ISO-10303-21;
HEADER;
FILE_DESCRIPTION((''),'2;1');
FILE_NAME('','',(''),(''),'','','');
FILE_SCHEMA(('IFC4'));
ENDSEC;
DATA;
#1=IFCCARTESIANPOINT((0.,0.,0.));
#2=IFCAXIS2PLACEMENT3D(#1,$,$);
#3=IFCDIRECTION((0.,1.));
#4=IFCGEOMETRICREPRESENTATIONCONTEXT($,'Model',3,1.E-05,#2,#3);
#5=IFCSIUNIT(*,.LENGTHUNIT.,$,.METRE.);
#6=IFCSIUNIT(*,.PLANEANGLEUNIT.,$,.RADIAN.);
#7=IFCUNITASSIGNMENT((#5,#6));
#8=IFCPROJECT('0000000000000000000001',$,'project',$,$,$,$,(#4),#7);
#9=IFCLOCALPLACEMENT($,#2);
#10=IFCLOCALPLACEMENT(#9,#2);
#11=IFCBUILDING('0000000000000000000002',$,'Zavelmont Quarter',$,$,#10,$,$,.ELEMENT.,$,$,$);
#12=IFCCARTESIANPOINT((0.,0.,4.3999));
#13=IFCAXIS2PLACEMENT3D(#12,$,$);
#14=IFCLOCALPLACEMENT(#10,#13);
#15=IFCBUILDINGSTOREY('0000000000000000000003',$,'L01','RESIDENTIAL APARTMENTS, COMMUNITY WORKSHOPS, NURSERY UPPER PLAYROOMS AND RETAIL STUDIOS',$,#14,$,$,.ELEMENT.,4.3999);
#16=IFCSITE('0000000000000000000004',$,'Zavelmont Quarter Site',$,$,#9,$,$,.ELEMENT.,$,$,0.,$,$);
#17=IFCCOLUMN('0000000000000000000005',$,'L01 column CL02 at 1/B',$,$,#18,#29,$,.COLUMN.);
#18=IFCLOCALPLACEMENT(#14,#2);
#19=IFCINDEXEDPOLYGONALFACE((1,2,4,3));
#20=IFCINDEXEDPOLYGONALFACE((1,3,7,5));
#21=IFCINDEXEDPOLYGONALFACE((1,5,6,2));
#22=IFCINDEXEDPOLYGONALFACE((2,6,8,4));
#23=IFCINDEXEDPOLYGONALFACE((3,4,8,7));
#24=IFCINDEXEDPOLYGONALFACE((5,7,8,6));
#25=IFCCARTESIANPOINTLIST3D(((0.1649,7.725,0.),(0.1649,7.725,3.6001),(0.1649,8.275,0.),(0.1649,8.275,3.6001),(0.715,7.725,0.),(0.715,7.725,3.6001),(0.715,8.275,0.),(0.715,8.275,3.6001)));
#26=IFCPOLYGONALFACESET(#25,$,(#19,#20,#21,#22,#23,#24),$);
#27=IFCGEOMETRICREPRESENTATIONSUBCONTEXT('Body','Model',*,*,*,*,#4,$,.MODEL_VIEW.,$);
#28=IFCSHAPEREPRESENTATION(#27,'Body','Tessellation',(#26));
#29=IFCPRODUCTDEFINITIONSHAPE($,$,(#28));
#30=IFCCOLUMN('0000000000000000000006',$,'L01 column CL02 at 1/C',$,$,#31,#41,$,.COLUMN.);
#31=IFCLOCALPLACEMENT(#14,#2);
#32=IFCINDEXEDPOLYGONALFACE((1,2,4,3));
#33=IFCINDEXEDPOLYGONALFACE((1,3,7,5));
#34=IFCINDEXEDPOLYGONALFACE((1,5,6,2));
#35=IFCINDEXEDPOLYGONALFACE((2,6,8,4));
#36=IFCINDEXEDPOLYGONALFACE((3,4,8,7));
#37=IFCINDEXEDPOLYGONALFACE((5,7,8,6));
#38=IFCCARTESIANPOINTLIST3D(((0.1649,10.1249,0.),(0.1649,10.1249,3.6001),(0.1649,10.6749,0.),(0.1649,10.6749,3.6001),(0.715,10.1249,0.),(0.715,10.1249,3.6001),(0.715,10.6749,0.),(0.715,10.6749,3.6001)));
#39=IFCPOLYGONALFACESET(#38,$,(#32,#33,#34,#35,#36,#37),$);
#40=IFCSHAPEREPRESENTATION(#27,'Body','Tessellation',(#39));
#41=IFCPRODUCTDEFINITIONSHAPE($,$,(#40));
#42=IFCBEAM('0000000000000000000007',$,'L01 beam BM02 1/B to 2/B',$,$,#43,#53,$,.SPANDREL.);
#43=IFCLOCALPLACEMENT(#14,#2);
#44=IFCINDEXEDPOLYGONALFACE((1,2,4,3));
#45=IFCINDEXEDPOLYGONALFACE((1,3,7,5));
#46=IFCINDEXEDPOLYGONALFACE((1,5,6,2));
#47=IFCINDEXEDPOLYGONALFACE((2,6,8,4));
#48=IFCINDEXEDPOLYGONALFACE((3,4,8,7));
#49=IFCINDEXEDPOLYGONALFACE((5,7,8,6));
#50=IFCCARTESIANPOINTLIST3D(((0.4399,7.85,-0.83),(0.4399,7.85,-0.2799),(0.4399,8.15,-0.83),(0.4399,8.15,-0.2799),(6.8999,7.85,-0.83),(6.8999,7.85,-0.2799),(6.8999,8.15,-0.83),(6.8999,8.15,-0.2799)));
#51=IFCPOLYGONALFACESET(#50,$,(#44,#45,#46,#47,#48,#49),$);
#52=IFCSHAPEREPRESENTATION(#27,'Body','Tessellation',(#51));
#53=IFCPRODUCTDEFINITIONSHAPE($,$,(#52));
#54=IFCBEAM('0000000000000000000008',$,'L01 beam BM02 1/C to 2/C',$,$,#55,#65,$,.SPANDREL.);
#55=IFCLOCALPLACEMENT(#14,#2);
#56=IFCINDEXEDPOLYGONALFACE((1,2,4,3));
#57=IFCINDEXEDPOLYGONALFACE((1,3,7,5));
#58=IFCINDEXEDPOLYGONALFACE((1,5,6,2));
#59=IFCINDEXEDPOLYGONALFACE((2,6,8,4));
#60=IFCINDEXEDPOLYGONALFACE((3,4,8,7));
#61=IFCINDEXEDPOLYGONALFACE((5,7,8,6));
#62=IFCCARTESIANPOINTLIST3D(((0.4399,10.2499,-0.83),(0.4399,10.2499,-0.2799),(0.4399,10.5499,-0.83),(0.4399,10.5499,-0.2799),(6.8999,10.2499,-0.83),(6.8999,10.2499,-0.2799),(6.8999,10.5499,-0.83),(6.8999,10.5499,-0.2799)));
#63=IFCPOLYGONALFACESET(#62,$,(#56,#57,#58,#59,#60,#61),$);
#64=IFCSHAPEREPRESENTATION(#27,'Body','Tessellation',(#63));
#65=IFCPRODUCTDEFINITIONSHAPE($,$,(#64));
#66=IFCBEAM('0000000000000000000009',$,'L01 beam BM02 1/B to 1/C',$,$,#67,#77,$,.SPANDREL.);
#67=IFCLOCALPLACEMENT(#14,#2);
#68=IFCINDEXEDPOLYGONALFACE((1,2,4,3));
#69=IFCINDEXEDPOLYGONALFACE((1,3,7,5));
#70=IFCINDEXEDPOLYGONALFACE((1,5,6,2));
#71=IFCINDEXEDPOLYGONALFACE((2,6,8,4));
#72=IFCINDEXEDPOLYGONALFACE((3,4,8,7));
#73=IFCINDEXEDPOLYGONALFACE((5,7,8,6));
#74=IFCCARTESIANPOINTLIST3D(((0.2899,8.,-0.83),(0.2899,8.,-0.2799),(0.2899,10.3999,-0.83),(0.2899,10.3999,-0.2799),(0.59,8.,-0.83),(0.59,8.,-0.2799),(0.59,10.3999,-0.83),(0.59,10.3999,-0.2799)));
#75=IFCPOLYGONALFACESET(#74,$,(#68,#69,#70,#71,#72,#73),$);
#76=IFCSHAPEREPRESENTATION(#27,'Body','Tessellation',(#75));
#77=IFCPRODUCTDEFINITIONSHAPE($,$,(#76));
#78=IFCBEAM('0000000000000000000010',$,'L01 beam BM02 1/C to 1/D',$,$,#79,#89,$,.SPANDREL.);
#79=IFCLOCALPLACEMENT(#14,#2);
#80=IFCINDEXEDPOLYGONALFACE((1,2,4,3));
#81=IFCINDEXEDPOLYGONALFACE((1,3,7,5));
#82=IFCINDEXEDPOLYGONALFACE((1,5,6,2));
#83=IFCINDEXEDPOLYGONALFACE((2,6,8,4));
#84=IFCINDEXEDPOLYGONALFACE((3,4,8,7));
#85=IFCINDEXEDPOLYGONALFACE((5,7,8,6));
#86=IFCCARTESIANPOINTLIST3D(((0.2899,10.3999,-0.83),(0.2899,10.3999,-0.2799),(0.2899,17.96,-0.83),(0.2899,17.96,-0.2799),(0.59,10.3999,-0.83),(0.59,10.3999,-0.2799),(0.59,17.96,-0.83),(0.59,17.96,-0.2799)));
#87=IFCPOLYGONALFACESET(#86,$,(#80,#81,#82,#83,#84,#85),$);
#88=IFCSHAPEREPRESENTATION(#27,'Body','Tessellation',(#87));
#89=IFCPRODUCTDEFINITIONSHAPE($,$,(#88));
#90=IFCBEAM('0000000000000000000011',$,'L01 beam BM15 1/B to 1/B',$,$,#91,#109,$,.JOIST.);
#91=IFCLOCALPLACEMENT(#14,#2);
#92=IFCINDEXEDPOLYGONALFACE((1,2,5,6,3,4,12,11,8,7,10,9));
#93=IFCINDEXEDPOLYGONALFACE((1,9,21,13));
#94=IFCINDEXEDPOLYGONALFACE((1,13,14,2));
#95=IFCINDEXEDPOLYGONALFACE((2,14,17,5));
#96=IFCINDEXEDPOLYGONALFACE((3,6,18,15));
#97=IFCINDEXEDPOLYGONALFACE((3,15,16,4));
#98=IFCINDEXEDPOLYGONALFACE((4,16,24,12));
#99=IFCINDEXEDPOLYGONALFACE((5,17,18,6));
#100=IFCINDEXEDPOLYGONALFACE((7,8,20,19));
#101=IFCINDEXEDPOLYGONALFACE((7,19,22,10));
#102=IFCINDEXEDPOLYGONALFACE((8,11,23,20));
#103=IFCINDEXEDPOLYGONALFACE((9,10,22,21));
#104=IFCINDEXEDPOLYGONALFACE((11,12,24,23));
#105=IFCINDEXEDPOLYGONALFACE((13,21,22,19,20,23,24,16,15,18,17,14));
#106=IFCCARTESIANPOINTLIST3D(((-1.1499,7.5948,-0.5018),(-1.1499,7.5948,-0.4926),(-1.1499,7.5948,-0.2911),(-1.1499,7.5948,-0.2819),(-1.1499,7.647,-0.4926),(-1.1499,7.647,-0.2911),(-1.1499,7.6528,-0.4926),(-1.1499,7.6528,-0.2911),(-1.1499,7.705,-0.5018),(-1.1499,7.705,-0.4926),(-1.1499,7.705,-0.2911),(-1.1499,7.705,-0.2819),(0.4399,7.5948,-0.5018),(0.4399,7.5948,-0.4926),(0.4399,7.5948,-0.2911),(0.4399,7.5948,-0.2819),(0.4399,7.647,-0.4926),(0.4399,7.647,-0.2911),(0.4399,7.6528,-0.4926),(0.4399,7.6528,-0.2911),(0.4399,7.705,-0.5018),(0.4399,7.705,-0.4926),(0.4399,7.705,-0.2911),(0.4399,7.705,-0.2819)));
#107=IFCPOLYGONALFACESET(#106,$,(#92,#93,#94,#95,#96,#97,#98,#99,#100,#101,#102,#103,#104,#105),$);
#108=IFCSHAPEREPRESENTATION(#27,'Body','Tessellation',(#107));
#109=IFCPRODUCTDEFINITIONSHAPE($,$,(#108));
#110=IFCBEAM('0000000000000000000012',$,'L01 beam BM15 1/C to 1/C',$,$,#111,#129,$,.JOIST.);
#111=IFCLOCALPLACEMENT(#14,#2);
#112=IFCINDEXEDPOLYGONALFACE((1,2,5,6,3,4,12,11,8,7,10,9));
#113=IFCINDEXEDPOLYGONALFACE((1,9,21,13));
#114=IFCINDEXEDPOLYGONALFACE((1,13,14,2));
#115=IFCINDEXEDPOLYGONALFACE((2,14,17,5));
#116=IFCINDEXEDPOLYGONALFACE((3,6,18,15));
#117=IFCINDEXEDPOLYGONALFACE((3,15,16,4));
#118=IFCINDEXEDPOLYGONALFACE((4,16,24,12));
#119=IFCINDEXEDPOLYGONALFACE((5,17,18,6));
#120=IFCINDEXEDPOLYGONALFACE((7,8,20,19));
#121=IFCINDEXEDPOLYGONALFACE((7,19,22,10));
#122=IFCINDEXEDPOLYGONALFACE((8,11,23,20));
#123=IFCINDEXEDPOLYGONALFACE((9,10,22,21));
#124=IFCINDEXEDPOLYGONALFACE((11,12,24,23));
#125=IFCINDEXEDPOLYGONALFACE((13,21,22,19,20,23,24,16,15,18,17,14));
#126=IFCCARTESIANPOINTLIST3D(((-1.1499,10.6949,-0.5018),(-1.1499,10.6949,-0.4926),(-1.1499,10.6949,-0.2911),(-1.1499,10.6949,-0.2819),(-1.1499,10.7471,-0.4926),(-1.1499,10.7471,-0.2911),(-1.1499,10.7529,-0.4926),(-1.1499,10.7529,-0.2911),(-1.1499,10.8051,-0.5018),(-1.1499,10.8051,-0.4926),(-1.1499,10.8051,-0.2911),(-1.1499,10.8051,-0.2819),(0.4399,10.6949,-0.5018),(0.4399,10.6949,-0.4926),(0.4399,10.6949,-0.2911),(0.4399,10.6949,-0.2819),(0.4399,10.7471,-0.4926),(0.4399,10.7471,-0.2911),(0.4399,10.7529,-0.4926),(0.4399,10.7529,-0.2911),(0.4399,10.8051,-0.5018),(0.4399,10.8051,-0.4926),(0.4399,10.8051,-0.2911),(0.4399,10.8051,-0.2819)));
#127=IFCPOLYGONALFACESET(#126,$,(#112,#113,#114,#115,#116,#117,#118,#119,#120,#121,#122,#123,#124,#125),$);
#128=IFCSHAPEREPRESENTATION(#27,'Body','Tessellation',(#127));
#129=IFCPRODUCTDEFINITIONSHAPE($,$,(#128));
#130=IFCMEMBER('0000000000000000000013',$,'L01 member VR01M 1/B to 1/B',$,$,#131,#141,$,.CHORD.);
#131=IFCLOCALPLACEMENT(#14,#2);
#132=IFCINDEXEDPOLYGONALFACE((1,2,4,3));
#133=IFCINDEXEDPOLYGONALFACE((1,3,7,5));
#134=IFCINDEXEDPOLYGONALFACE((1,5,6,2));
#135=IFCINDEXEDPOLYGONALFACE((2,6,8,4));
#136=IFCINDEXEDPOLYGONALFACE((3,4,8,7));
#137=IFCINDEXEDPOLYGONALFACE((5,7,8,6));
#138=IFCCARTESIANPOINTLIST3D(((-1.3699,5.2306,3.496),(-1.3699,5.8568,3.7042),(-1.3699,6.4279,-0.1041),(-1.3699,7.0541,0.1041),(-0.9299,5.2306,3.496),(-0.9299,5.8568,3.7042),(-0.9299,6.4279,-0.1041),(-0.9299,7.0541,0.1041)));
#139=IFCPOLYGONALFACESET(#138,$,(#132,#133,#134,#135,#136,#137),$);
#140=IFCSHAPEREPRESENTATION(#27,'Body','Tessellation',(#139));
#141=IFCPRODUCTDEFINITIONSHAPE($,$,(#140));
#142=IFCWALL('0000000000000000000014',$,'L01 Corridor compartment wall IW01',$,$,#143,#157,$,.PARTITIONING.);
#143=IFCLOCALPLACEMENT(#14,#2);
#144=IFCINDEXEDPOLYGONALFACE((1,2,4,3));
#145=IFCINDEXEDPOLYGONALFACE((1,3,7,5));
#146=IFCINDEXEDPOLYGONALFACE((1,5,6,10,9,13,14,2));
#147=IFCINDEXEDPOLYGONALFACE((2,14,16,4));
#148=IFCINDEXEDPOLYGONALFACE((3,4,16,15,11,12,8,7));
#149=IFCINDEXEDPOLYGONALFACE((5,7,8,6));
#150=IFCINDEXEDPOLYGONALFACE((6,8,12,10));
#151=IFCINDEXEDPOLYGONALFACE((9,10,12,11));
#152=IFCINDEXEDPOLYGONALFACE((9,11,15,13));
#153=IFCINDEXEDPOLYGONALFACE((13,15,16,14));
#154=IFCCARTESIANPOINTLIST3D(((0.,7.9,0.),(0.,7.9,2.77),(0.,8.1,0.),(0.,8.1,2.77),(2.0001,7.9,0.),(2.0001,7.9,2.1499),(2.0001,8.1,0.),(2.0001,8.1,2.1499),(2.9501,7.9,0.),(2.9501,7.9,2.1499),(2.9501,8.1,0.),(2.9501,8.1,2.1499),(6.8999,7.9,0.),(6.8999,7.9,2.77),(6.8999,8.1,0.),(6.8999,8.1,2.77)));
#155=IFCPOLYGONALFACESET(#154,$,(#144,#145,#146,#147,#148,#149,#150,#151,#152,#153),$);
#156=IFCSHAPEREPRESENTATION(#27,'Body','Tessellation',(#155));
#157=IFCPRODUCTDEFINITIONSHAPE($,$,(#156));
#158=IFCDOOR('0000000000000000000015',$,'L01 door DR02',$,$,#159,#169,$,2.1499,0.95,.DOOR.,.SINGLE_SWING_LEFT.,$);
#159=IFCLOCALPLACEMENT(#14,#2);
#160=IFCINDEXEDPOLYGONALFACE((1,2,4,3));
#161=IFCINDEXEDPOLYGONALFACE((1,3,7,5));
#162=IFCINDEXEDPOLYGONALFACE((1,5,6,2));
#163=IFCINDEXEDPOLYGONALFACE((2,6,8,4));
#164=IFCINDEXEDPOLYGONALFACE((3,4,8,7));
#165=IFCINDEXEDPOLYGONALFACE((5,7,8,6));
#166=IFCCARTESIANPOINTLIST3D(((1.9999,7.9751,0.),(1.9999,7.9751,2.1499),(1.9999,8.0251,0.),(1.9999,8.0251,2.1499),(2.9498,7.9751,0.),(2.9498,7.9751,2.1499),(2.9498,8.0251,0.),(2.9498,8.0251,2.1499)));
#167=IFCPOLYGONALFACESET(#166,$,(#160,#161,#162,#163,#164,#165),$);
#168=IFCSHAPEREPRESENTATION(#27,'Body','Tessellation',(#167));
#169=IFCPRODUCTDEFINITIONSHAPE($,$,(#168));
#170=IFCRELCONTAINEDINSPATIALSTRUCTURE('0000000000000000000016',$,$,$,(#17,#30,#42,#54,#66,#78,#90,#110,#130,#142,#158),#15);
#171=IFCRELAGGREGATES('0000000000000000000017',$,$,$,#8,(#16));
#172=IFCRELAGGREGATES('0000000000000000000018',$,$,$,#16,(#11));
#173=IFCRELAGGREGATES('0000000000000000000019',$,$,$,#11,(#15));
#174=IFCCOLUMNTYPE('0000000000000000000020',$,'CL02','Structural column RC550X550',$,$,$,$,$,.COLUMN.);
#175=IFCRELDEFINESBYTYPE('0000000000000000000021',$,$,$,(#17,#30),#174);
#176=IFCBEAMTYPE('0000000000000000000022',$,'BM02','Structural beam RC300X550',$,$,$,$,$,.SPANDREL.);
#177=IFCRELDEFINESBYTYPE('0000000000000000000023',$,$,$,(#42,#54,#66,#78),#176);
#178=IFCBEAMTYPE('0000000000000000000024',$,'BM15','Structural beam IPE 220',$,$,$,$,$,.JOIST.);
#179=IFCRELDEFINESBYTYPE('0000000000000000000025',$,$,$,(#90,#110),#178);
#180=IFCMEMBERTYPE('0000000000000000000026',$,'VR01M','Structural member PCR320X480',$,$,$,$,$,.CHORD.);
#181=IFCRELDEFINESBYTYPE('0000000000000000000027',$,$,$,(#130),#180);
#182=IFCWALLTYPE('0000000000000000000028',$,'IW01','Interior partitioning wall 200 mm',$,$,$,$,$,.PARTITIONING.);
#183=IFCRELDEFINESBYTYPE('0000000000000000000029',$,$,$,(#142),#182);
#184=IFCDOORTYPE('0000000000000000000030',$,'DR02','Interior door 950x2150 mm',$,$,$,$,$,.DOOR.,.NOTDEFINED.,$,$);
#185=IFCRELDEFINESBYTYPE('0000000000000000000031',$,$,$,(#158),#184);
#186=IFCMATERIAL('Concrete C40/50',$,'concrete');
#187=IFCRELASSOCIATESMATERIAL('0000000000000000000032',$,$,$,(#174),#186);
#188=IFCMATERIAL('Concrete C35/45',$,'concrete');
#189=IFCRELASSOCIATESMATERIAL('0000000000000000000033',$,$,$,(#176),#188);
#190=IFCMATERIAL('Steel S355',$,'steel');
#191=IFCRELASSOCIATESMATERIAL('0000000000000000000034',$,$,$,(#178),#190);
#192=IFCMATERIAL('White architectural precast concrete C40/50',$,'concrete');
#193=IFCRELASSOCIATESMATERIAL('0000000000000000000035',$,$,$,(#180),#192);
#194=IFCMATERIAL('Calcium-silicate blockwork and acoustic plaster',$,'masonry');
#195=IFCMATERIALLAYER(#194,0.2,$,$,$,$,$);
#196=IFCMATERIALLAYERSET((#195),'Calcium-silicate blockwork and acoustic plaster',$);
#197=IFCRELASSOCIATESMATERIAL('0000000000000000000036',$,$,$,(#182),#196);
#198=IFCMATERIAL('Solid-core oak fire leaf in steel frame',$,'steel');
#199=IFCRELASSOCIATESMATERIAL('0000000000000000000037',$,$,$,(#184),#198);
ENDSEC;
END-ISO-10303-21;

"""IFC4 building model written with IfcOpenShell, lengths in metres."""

from ifc_helpers import new_model, si_unit, direction, frame, frame_2d, origin, origin_2d, place, context, subcontext, project, spatial, rectangle, i_section, extrude, material, layer, layer_set, material_profile, profile_set, type_object, element, fill, save


model = new_model("IFC4")

# Units and contexts
model_context = context("Model", 3, precision=1e-05, world=origin(), true_north=direction((0.0, 1.0)))
body_context = subcontext(model_context, "Body", "Model", "MODEL_VIEW")
ifc_project = project(units=[si_unit("LENGTHUNIT", "METRE"), si_unit("PLANEANGLEUNIT", "RADIAN")], contexts=[model_context])

# Site, building, storey
site_placement = place(None, origin())
site = spatial("IfcSite", under=ifc_project, at=site_placement, Name="Zavelmont Quarter Site", CompositionType="ELEMENT", RefElevation=0.0)
building_placement = place(site_placement, origin())
building = spatial("IfcBuilding", under=site, at=building_placement, Name="Zavelmont Quarter", CompositionType="ELEMENT")
storey_placement = place(building_placement, frame((0.0, 0.0, 4.3999)))
storey = spatial("IfcBuildingStorey", under=building, at=storey_placement, Name="L01", Description="RESIDENTIAL APARTMENTS, COMMUNITY WORKSHOPS, NURSERY UPPER PLAYROOMS AND RETAIL STUDIOS", CompositionType="ELEMENT", Elevation=4.3999)

# Columns
ifc_material_1 = material(Name="Concrete C40/50", Category="concrete")
ifc_material_profile_1 = material_profile(ifc_material_1, rectangle(XDim=0.55, YDim=0.55, at=origin_2d()), Name="RC550X550")
ifc_profile_set_1 = profile_set([ifc_material_profile_1], Name="Concrete C40/50")
column_type = type_object("IfcColumnType", Name="CL02", Description="Structural column RC550X550", PredefinedType="COLUMN", material=ifc_profile_set_1)
for number, where, z_axis, x_axis, name in (
    (1, (0.4399, 8.0, 0.0), (0.0, 0.0, 1.0), (1.0, 0.0, 0.0), "L01 column CL02 at 1/B"),
    (2, (0.4399, 10.3999, 0.0), (0.0, 0.0, 1.0), (1.0, 0.0, 0.0), "L01 column CL02 at 1/C"),
):
    element("IfcColumn", number, at=place(storey_placement, frame(where, z_axis=z_axis, x_axis=x_axis)), inside=storey, type_object=column_type, Name=name, PredefinedType="COLUMN", context=body_context, shape_type="SweptSolid", body=[
        extrude(rectangle(XDim=0.55, YDim=0.55, at=origin_2d()), origin(), (0.0, 0.0, 1.0), 3.6001),
    ])

# Beams
ifc_material_2 = material(Name="Concrete C35/45", Category="concrete")
ifc_material_profile_2 = material_profile(ifc_material_2, rectangle(XDim=0.3, YDim=0.55, at=origin_2d()), Name="RC300X550")
ifc_profile_set_2 = profile_set([ifc_material_profile_2], Name="Concrete C35/45")
beam_type_1 = type_object("IfcBeamType", Name="BM02", Description="Structural beam RC300X550", PredefinedType="SPANDREL", material=ifc_profile_set_2)
for number, where, z_axis, x_axis, name in (
    (3, (0.4399, 8.0, -0.5549), (1.0, 0.0, 0.0), (0.0, 1.0, 0.0), "L01 beam BM02 1/B to 2/B"),
    (4, (0.4399, 10.3999, -0.5549), (1.0, 0.0, 0.0), (0.0, 1.0, 0.0), "L01 beam BM02 1/C to 2/C"),
):
    element("IfcBeam", number, at=place(storey_placement, frame(where, z_axis=z_axis, x_axis=x_axis)), inside=storey, type_object=beam_type_1, Name=name, PredefinedType="SPANDREL", context=body_context, shape_type="SweptSolid", body=[
        extrude(rectangle(XDim=0.3, YDim=0.55, at=origin_2d()), origin(), (0.0, 0.0, 1.0), 6.46),
    ])
beam_1_placement = place(storey_placement, frame((0.4399, 8.0, -0.5549), z_axis=(0.0, 1.0, 0.0), x_axis=(-1.0, 0.0, 0.0)))
element("IfcBeam", 5, at=beam_1_placement, inside=storey, type_object=beam_type_1, Name="L01 beam BM02 1/B to 1/C", PredefinedType="SPANDREL", context=body_context, shape_type="SweptSolid", body=[
    extrude(rectangle(XDim=0.3, YDim=0.55, at=origin_2d()), origin(), (0.0, 0.0, 1.0), 2.3999),
])
beam_2_placement = place(storey_placement, frame((0.4399, 10.3999, -0.5549), z_axis=(0.0, 1.0, 0.0), x_axis=(-1.0, 0.0, 0.0)))
element("IfcBeam", 6, at=beam_2_placement, inside=storey, type_object=beam_type_1, Name="L01 beam BM02 1/C to 1/D", PredefinedType="SPANDREL", context=body_context, shape_type="SweptSolid", body=[
    extrude(rectangle(XDim=0.3, YDim=0.55, at=origin_2d()), origin(), (0.0, 0.0, 1.0), 7.5601),
])
ifc_material_3 = material(Name="Steel S355", Category="steel")
ifc_material_profile_3 = material_profile(ifc_material_3, i_section(OverallWidth=0.1101, OverallDepth=0.22, WebThickness=0.0059, FlangeThickness=0.0093, at=origin_2d()), Name="IPE 220")
ifc_profile_set_3 = profile_set([ifc_material_profile_3], Name="Steel S355")
beam_type_2 = type_object("IfcBeamType", Name="BM15", Description="Structural beam IPE 220", PredefinedType="JOIST", material=ifc_profile_set_3)
for number, where, z_axis, x_axis, name in (
    (7, (0.4399, 7.6499, -0.3918), (-1.0, 0.0, 0.0), (0.0, -1.0, 0.0), "L01 beam BM15 1/B to 1/B"),
    (8, (0.4399, 10.75, -0.3918), (-1.0, 0.0, 0.0), (0.0, -1.0, 0.0), "L01 beam BM15 1/C to 1/C"),
):
    element("IfcBeam", number, at=place(storey_placement, frame(where, z_axis=z_axis, x_axis=x_axis)), inside=storey, type_object=beam_type_2, Name=name, PredefinedType="JOIST", context=body_context, shape_type="SweptSolid", body=[
        extrude(i_section(OverallWidth=0.1101, OverallDepth=0.22, WebThickness=0.0059, FlangeThickness=0.0093, at=origin_2d()), origin(), (0.0, 0.0, 1.0), 1.5898),
    ])

# Member
ifc_material_4 = material(Name="White architectural precast concrete C40/50", Category="concrete")
ifc_material_profile_4 = material_profile(ifc_material_4, rectangle(XDim=0.4399, YDim=0.6599, at=origin_2d()), Name="PCR320X480")
ifc_profile_set_4 = profile_set([ifc_material_profile_4], Name="White architectural precast concrete C40/50")
member_type = type_object("IfcMemberType", Name="VR01M", Description="Structural member PCR320X480", PredefinedType="CHORD", material=ifc_profile_set_4)
member_placement = place(storey_placement, frame((-1.1499, 6.741, 0.0), z_axis=(0.0, -0.315571, 0.948902), x_axis=(1.0, 0.0, 0.0)))
element("IfcMember", 9, at=member_placement, inside=storey, type_object=member_type, Name="L01 member VR01M 1/B to 1/B", PredefinedType="CHORD", context=body_context, shape_type="SweptSolid", body=[
    extrude(rectangle(XDim=0.4399, YDim=0.6599, at=origin_2d()), origin(), (0.0, 0.0, 1.0), 3.7939),
])

# Wall, opening, door
ifc_material_5 = material(Name="Calcium-silicate blockwork and acoustic plaster", Category="masonry")
ifc_layer_1 = layer(ifc_material_5, 0.2)
ifc_layer_set_1 = layer_set([ifc_layer_1], Name="Calcium-silicate blockwork and acoustic plaster")
wall_type_1 = type_object("IfcWallType", Name="IW01", Description="Interior partitioning wall 200 mm", PredefinedType="PARTITIONING", material=ifc_layer_set_1)
wall_1_placement = place(storey_placement, frame((0.0, 8.0, 0.0), z_axis=(0.0, 0.0, 1.0), x_axis=(1.0, 0.0, 0.0)))
wall_1 = element("IfcWall", 10, at=wall_1_placement, inside=storey, type_object=wall_type_1, Name="L01 Corridor compartment wall IW01", PredefinedType="PARTITIONING", context=body_context, shape_type="SweptSolid", body=[
    extrude(rectangle(XDim=6.8999, YDim=0.2, at=frame_2d((3.45, 0.0))), origin(), (0.0, 0.0, 1.0), 2.77),
])
opening_1_placement = place(wall_1_placement, frame((2.0, 0.0, 0.0)))
opening_1 = element("IfcOpeningElement", 11, at=opening_1_placement, cuts=wall_1, PredefinedType="OPENING", context=body_context, shape_type="SweptSolid", body=[
    extrude(rectangle(XDim=0.95, YDim=2.1499, at=frame_2d((0.4751, 1.075))), frame((0.0, 0.1118, 0.0), z_axis=(0.0, -1.0, 0.0), x_axis=(1.0, 0.0, 0.0)), (0.0, 0.0, 1.0), 0.2239),
])
ifc_material_6 = material(Name="Solid-core oak fire leaf in steel frame", Category="steel")
door_type = type_object("IfcDoorType", Name="DR02", Description="Interior door 950x2150 mm", OperationType="NOTDEFINED", PredefinedType="DOOR", material=ifc_material_6)
door_1_placement = place(opening_1_placement, frame((0.95, 0.0, 0.0), z_axis=(0.0, 0.0, 1.0), x_axis=(-1.0, 0.0, 0.0)))
door_1 = element("IfcDoor", 12, at=door_1_placement, inside=storey, type_object=door_type, Name="L01 door DR02", OperationType="SINGLE_SWING_LEFT", OverallHeight=2.1499, OverallWidth=0.95, PredefinedType="DOOR", context=body_context, shape_type="SweptSolid", body=[
    extrude(rectangle(XDim=0.95, YDim=2.1499, at=frame_2d((0.4751, 1.075))), frame((0.0, 0.0249, 0.0), z_axis=(0.0, -1.0, 0.0), x_axis=(1.0, 0.0, 0.0)), (0.0, 0.0, 1.0), 0.05),
])
fill(opening_1, door_1)

save(model, "model.ifc")
